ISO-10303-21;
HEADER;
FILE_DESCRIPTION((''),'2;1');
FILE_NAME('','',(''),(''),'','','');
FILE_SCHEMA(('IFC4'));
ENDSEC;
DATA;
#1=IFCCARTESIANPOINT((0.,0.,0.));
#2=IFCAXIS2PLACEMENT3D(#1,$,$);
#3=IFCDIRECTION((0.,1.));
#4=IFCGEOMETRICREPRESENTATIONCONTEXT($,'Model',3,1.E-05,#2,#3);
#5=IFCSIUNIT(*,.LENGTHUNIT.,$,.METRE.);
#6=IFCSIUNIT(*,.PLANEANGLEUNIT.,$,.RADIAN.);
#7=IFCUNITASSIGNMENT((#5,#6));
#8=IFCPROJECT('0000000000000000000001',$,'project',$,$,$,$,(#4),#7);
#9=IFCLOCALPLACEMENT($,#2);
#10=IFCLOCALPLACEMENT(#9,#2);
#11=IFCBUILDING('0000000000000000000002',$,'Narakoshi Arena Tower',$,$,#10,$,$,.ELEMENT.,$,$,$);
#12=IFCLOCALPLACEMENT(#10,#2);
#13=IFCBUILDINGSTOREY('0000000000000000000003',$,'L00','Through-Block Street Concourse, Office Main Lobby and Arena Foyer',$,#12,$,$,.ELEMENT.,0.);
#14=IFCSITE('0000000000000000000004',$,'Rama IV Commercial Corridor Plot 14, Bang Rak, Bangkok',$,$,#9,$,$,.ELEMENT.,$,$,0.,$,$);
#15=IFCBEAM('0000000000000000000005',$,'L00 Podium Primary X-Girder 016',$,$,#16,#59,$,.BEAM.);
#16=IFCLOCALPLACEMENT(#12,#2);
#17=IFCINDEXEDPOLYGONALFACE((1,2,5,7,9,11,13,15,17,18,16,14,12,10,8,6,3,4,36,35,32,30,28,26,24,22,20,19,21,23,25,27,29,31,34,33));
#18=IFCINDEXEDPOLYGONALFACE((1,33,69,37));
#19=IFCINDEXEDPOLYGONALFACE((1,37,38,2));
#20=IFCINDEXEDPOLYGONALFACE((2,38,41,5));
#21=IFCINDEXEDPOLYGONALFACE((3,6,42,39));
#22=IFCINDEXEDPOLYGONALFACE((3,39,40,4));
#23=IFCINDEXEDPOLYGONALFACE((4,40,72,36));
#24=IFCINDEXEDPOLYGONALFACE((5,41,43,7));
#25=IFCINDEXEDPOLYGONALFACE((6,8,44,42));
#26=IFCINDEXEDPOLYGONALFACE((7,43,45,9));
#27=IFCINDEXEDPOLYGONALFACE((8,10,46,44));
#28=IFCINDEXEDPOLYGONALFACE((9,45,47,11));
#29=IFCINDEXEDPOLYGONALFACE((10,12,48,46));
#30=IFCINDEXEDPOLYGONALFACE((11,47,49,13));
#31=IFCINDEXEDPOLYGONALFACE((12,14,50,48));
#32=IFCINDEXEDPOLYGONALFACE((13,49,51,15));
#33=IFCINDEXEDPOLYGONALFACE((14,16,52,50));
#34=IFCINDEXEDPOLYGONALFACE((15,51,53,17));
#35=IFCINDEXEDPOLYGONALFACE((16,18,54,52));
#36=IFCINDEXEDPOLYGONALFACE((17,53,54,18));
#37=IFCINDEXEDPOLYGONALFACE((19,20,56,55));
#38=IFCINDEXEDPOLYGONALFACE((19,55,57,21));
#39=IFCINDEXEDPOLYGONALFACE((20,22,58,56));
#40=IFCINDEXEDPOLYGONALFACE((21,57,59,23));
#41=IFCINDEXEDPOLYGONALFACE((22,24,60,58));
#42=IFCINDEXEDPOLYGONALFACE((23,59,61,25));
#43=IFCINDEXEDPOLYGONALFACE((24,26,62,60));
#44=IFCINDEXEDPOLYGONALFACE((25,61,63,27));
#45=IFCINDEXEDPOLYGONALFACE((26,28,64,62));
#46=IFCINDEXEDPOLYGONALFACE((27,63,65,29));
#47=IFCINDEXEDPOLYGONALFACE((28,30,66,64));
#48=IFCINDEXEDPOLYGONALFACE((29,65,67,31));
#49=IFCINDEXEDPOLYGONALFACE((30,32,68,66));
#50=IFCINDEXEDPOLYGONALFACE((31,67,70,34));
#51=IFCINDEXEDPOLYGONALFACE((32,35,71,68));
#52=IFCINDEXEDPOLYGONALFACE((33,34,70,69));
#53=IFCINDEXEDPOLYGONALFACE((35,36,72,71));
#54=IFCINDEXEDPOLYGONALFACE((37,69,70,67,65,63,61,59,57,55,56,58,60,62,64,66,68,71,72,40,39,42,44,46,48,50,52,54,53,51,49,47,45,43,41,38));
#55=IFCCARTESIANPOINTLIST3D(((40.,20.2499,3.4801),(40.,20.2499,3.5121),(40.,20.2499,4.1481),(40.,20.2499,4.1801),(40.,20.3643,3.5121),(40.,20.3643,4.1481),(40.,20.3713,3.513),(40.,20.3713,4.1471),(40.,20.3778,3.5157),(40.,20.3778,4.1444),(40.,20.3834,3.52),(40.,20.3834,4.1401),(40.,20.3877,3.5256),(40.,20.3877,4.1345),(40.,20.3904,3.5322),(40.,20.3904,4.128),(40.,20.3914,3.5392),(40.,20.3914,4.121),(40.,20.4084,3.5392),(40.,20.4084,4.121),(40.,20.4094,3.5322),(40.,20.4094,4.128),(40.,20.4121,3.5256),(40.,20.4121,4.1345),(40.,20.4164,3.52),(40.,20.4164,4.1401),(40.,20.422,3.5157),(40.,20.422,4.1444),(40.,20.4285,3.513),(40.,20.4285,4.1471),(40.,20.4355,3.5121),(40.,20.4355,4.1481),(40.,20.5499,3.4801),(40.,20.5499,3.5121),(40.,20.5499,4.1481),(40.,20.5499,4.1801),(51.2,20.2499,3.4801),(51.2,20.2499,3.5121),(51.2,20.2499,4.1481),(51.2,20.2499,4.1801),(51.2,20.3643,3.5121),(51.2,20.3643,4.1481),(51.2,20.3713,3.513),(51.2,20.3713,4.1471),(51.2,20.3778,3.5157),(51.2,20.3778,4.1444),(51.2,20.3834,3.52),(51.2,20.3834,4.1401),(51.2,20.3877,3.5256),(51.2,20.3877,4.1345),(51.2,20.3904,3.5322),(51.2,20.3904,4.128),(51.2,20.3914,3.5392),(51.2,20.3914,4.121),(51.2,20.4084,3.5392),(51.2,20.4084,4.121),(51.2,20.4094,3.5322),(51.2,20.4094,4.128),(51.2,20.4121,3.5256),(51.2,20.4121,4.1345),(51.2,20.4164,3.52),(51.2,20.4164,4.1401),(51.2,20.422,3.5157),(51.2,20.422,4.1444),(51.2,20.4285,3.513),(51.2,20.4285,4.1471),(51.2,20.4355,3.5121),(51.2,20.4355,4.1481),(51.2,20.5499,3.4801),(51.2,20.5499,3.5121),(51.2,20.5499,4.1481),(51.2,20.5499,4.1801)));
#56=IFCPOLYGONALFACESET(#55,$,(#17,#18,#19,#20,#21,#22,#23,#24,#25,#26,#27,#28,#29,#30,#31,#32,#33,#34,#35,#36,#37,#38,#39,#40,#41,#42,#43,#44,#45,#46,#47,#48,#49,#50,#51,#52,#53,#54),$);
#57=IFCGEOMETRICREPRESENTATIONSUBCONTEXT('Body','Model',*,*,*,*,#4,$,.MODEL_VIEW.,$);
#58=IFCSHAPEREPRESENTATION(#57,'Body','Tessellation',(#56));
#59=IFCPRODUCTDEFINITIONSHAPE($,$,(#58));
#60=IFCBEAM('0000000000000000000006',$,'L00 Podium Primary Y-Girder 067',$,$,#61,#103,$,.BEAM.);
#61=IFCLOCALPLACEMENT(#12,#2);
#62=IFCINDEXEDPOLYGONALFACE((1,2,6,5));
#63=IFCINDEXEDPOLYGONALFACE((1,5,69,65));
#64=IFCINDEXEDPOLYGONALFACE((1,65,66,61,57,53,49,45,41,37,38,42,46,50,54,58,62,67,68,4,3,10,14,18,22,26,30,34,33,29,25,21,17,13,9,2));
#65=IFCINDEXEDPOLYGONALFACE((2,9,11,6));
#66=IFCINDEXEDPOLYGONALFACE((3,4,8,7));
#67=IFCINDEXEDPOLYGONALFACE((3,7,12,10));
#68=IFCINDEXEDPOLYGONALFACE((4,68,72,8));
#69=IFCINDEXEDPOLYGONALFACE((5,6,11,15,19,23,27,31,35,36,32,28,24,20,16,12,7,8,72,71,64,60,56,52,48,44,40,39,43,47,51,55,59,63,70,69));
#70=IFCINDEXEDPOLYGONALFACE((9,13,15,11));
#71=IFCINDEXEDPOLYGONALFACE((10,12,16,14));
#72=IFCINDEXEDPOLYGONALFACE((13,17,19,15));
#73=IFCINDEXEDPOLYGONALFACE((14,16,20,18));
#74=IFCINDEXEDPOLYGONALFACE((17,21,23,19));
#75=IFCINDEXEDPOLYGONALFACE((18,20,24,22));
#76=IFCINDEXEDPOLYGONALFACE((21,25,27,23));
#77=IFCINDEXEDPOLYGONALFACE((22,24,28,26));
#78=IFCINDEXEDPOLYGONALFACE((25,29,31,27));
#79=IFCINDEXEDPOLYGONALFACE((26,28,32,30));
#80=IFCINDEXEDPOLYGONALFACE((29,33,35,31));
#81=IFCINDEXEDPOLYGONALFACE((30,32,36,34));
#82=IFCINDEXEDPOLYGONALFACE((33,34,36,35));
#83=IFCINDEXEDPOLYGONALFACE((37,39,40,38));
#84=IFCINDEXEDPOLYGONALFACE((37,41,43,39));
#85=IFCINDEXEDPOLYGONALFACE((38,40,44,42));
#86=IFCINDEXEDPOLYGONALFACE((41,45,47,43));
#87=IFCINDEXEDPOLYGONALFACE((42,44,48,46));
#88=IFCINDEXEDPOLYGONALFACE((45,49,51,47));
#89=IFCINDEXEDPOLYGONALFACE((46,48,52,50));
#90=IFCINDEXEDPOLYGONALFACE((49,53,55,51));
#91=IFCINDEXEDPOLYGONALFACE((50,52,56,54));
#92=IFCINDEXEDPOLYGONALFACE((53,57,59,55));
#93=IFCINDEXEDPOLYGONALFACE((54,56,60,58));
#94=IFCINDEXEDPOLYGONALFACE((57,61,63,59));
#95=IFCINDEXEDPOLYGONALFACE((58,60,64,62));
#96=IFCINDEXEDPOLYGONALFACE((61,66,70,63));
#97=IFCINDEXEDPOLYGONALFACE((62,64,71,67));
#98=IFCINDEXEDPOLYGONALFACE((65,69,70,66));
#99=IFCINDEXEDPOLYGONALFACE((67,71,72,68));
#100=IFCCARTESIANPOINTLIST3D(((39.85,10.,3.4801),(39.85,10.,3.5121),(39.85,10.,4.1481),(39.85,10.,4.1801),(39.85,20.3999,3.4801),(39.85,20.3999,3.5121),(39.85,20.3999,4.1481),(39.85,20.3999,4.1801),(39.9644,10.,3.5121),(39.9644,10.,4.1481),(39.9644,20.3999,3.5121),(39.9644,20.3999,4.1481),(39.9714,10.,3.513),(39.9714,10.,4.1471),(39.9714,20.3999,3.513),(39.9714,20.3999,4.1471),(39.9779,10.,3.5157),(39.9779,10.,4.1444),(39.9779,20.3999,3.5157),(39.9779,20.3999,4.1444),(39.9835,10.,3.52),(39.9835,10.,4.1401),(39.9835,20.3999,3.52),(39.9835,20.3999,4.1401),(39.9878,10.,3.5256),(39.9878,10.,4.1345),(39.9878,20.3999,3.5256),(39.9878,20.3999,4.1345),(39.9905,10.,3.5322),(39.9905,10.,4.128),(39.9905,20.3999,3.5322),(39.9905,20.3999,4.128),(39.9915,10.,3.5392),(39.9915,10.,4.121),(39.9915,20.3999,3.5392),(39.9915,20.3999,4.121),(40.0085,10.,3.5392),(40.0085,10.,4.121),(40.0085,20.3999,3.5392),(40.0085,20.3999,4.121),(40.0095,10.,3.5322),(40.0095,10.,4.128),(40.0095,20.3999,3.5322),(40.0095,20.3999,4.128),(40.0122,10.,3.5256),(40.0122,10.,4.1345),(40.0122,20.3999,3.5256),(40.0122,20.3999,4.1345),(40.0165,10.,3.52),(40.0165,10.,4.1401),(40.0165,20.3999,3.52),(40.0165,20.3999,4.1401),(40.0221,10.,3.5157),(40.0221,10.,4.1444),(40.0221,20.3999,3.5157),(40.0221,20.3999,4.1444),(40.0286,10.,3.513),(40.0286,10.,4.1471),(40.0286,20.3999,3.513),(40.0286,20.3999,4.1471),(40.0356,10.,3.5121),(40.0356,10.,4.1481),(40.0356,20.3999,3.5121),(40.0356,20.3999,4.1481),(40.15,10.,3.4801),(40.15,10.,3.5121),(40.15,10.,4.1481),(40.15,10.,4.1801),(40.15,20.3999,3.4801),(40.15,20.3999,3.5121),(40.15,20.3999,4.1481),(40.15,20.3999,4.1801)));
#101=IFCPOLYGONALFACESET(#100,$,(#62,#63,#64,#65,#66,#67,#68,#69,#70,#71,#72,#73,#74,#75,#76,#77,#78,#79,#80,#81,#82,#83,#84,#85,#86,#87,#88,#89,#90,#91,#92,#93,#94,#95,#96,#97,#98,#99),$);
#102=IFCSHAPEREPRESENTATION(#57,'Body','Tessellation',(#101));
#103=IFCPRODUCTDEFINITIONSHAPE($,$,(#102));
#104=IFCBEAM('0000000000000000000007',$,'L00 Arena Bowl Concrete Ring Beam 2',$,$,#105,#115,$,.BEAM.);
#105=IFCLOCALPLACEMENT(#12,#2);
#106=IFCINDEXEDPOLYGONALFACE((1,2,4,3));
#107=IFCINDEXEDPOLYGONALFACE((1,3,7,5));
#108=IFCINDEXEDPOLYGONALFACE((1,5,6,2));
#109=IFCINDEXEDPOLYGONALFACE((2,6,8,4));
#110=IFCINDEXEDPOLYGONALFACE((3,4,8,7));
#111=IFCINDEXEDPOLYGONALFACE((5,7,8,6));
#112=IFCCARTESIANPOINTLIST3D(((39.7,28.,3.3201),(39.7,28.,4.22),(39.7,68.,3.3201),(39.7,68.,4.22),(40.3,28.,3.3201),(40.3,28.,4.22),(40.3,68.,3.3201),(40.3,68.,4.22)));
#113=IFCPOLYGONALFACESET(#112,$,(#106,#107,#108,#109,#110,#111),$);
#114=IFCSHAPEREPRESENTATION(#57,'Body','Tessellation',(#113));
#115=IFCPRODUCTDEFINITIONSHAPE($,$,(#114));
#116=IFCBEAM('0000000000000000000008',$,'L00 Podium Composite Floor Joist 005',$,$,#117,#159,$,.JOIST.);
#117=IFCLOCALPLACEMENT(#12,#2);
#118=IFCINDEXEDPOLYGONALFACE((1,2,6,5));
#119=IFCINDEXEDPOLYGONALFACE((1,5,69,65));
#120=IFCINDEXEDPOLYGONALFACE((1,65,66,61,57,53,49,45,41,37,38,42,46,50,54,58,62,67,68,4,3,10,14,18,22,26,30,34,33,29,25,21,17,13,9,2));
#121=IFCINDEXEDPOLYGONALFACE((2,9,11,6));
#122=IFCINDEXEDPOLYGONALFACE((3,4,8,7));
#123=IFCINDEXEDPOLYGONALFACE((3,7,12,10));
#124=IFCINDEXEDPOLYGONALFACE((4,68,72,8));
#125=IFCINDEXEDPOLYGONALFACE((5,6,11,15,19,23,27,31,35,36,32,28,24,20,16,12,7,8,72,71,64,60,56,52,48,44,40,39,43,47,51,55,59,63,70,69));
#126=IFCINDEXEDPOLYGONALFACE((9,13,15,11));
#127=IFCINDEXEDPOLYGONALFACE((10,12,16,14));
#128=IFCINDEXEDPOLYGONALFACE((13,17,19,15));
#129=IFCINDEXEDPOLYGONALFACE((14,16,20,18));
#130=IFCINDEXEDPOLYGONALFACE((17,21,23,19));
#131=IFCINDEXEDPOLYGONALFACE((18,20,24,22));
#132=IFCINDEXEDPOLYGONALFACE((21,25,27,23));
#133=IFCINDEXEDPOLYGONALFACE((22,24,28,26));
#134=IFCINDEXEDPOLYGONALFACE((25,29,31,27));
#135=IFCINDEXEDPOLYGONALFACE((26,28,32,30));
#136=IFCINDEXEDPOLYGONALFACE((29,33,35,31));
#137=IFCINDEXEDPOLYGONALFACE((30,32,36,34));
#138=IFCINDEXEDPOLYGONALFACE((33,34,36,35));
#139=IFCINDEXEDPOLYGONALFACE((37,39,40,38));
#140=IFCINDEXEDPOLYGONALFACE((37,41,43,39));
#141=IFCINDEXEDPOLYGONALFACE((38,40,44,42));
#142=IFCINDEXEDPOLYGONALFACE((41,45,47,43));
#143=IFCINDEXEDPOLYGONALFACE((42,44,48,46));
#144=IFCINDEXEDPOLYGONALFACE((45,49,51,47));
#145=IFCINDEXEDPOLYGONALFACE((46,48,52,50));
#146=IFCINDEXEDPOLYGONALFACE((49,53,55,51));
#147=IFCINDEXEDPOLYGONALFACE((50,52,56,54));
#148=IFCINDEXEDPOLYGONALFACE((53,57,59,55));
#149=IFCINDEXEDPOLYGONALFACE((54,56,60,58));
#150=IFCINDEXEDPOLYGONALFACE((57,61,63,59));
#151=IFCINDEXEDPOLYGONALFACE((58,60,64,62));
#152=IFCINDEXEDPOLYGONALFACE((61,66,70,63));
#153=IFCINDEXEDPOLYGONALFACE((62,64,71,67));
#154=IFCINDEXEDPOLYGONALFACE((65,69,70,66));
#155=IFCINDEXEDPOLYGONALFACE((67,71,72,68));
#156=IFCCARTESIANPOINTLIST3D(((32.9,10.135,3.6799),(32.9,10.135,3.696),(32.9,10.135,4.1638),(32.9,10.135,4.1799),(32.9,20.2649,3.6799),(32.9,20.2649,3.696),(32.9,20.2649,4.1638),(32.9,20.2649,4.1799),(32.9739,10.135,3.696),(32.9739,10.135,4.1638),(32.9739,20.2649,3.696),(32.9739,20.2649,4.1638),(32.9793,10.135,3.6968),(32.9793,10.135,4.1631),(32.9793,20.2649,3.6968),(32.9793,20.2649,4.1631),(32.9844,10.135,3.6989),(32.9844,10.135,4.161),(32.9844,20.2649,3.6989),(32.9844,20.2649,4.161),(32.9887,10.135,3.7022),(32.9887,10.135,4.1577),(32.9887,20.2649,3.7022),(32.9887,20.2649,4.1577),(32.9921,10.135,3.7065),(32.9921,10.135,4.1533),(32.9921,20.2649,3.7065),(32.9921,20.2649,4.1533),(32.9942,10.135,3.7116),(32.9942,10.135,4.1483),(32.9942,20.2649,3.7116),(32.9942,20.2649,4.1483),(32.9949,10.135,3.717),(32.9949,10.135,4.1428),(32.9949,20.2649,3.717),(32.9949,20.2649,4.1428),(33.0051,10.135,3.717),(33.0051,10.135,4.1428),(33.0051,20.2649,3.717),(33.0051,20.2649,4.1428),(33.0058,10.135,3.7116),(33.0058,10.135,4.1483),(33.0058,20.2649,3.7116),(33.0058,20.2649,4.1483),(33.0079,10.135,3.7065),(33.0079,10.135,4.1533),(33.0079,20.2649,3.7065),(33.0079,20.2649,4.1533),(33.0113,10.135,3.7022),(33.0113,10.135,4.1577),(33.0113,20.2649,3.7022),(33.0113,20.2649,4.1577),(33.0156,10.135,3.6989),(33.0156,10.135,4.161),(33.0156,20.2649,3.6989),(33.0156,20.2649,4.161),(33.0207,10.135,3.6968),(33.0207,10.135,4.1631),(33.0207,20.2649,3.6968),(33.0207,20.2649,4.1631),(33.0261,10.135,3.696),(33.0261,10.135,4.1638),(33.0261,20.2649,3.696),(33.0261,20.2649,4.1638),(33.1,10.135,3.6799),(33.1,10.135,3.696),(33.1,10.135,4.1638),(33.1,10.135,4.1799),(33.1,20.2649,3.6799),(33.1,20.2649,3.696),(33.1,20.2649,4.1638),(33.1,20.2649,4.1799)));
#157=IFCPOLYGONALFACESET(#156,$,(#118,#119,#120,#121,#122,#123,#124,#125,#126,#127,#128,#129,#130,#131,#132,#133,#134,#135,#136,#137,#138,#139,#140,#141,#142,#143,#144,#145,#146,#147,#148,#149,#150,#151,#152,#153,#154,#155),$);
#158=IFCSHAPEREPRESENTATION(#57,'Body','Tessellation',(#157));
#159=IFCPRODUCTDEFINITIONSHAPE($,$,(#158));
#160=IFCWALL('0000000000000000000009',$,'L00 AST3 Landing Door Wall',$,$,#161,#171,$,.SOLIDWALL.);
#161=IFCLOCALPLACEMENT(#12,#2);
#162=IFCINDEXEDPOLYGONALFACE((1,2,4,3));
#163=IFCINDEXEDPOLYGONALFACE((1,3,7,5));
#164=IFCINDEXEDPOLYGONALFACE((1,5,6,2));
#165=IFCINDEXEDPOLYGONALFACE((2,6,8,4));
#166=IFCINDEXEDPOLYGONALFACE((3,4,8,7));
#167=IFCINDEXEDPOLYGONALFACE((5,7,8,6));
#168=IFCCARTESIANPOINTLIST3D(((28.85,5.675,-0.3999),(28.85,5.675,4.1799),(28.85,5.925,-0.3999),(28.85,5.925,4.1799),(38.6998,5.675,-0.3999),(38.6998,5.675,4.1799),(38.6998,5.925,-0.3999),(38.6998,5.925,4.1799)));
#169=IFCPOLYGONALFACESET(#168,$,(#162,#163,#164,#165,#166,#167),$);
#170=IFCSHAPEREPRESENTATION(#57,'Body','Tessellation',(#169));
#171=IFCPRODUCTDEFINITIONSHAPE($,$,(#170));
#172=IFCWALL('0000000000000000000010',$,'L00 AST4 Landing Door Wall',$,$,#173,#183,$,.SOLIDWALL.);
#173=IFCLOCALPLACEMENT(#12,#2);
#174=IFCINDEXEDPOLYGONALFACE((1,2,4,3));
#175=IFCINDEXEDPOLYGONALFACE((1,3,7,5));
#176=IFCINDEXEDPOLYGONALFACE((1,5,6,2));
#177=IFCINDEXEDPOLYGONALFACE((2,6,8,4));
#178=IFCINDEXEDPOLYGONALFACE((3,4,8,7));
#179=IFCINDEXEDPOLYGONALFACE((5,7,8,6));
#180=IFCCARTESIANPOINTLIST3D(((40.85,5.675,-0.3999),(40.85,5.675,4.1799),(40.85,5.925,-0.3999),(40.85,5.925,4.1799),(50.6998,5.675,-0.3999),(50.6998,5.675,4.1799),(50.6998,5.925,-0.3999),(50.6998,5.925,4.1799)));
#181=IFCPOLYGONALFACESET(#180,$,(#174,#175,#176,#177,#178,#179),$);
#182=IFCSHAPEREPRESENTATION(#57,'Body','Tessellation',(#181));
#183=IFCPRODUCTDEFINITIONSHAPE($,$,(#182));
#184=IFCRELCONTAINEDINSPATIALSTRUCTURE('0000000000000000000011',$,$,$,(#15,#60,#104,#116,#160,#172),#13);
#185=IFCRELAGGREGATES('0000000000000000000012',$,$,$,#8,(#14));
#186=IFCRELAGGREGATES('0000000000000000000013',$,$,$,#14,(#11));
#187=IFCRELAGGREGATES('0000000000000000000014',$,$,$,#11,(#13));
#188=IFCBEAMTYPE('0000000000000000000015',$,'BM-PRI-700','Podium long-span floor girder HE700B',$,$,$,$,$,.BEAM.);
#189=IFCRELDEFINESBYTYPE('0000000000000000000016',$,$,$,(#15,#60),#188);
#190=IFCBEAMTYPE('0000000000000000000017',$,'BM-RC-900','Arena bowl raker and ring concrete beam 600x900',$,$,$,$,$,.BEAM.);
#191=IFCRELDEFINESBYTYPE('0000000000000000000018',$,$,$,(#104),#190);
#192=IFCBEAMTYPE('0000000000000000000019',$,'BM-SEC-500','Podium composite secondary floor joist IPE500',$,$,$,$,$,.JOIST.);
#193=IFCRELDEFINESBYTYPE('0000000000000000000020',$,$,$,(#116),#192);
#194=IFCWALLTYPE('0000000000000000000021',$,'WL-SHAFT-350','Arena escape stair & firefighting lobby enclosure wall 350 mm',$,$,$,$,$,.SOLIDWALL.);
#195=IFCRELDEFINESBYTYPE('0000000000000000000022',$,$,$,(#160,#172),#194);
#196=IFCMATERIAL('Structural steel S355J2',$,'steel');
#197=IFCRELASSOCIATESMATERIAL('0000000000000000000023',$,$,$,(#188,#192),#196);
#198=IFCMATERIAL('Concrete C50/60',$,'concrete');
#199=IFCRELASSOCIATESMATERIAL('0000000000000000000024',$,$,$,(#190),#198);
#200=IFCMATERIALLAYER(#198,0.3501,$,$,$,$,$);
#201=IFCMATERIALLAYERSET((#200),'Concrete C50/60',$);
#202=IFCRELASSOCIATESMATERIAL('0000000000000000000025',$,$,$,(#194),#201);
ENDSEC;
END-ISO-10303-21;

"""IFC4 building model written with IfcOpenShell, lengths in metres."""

from ifc_helpers import new_model, si_unit, direction, frame, frame_2d, origin, origin_2d, place, context, subcontext, project, spatial, rectangle, i_section, extrude, material, layer, layer_set, material_profile, profile_set, type_object, element, save


model = new_model("IFC4")

# Units and contexts
model_context = context("Model", 3, precision=1e-05, world=origin(), true_north=direction((0.0, 1.0)))
body_context = subcontext(model_context, "Body", "Model", "MODEL_VIEW")
ifc_project = project(units=[si_unit("LENGTHUNIT", "METRE"), si_unit("PLANEANGLEUNIT", "RADIAN")], contexts=[model_context])

# Site, building, storey
site_placement = place(None, origin())
site = spatial("IfcSite", under=ifc_project, at=site_placement, Name="Rama IV Commercial Corridor Plot 14, Bang Rak, Bangkok", CompositionType="ELEMENT", RefElevation=0.0)
building_placement = place(site_placement, origin())
building = spatial("IfcBuilding", under=site, at=building_placement, Name="Narakoshi Arena Tower", CompositionType="ELEMENT")
storey_placement = place(building_placement, origin())
storey = spatial("IfcBuildingStorey", under=building, at=storey_placement, Name="L00", Description="Through-Block Street Concourse, Office Main Lobby and Arena Foyer", CompositionType="ELEMENT", Elevation=0.0)

# Shared definitions
ifc_material_1 = material(Name="Concrete C50/60", Category="concrete")

# Beams
ifc_material_2 = material(Name="Structural steel S355J2", Category="steel")
ifc_material_profile_1 = material_profile(ifc_material_2, i_section(OverallWidth=0.3, OverallDepth=0.7, WebThickness=0.0171, FlangeThickness=0.032, FilletRadius=0.0271, at=origin_2d()), Name="HE700B")
ifc_profile_set_1 = profile_set([ifc_material_profile_1], Name="Structural steel S355J2")
beam_type_1 = type_object("IfcBeamType", Name="BM-PRI-700", Description="Podium long-span floor girder HE700B", PredefinedType="BEAM", material=ifc_profile_set_1)
for number, where, z_axis, x_axis, name in (
    (1, (40.0, 20.3999, 3.8301), (1.0, 0.0, 0.0), (0.0, 1.0, 0.0), "L00 Podium Primary X-Girder 016"),
):
    element("IfcBeam", number, at=place(storey_placement, frame(where, z_axis=z_axis, x_axis=x_axis)), inside=storey, type_object=beam_type_1, Name=name, PredefinedType="BEAM", context=body_context, shape_type="SweptSolid", body=[
        extrude(i_section(OverallWidth=0.3, OverallDepth=0.7, WebThickness=0.0171, FlangeThickness=0.032, FilletRadius=0.0271, at=origin_2d()), origin(), (0.0, 0.0, 1.0), 11.2),
    ])
beam_1_placement = place(storey_placement, frame((40.0, 10.0, 3.8301), z_axis=(0.0, 1.0, 0.0), x_axis=(-1.0, 0.0, 0.0)))
element("IfcBeam", 2, at=beam_1_placement, inside=storey, type_object=beam_type_1, Name="L00 Podium Primary Y-Girder 067", PredefinedType="BEAM", context=body_context, shape_type="SweptSolid", body=[
    extrude(i_section(OverallWidth=0.3, OverallDepth=0.7, WebThickness=0.0171, FlangeThickness=0.032, FilletRadius=0.0271, at=origin_2d()), origin(), (0.0, 0.0, 1.0), 10.3999),
])
ifc_material_profile_2 = material_profile(ifc_material_1, rectangle(XDim=0.6001, YDim=0.8999, at=origin_2d()), Name="RCB600x900")
ifc_profile_set_2 = profile_set([ifc_material_profile_2], Name="Concrete C50/60")
beam_type_2 = type_object("IfcBeamType", Name="BM-RC-900", Description="Arena bowl raker and ring concrete beam 600x900", PredefinedType="BEAM", material=ifc_profile_set_2)
beam_2_placement = place(storey_placement, frame((40.0, 28.0, 3.77), z_axis=(0.0, 1.0, 0.0), x_axis=(-1.0, 0.0, 0.0)))
element("IfcBeam", 3, at=beam_2_placement, inside=storey, type_object=beam_type_2, Name="L00 Arena Bowl Concrete Ring Beam 2", PredefinedType="BEAM", context=body_context, shape_type="SweptSolid", body=[
    extrude(rectangle(XDim=0.6001, YDim=0.8999, at=origin_2d()), origin(), (0.0, 0.0, 1.0), 40.0),
])
ifc_material_profile_3 = material_profile(ifc_material_2, i_section(OverallWidth=0.2, OverallDepth=0.5, WebThickness=0.0103, FlangeThickness=0.0161, FilletRadius=0.021, at=origin_2d()), Name="IPE500")
ifc_profile_set_3 = profile_set([ifc_material_profile_3], Name="Structural steel S355J2")
beam_type_3 = type_object("IfcBeamType", Name="BM-SEC-500", Description="Podium composite secondary floor joist IPE500", PredefinedType="JOIST", material=ifc_profile_set_3)
beam_3_placement = place(storey_placement, frame((33.0, 10.135, 3.9299), z_axis=(0.0, 1.0, 0.0), x_axis=(-1.0, 0.0, 0.0)))
element("IfcBeam", 4, at=beam_3_placement, inside=storey, type_object=beam_type_3, Name="L00 Podium Composite Floor Joist 005", PredefinedType="JOIST", context=body_context, shape_type="SweptSolid", body=[
    extrude(i_section(OverallWidth=0.2, OverallDepth=0.5, WebThickness=0.0103, FlangeThickness=0.0161, FilletRadius=0.021, at=origin_2d()), origin(), (0.0, 0.0, 1.0), 10.1299),
])

# Walls
ifc_layer = layer(ifc_material_1, 0.3501)
ifc_layer_set = layer_set([ifc_layer], Name="Concrete C50/60")
wall_type = type_object("IfcWallType", Name="WL-SHAFT-350", Description="Arena escape stair & firefighting lobby enclosure wall 350 mm", PredefinedType="SOLIDWALL", material=ifc_layer_set)
for number, where, z_axis, x_axis, name in (
    (5, (28.8501, 5.8, -0.3999), (0.0, 0.0, 1.0), (1.0, 0.0, 0.0), "L00 AST3 Landing Door Wall"),
    (6, (40.8501, 5.8, -0.3999), (0.0, 0.0, 1.0), (1.0, 0.0, 0.0), "L00 AST4 Landing Door Wall"),
):
    element("IfcWall", number, at=place(storey_placement, frame(where, z_axis=z_axis, x_axis=x_axis)), inside=storey, type_object=wall_type, Name=name, PredefinedType="SOLIDWALL", context=body_context, shape_type="SweptSolid", body=[
        extrude(rectangle(XDim=9.8499, YDim=0.25, at=frame_2d((4.9248, 0.0))), origin(), (0.0, 0.0, 1.0), 4.5798),
    ])

save(model, "model.ifc")
